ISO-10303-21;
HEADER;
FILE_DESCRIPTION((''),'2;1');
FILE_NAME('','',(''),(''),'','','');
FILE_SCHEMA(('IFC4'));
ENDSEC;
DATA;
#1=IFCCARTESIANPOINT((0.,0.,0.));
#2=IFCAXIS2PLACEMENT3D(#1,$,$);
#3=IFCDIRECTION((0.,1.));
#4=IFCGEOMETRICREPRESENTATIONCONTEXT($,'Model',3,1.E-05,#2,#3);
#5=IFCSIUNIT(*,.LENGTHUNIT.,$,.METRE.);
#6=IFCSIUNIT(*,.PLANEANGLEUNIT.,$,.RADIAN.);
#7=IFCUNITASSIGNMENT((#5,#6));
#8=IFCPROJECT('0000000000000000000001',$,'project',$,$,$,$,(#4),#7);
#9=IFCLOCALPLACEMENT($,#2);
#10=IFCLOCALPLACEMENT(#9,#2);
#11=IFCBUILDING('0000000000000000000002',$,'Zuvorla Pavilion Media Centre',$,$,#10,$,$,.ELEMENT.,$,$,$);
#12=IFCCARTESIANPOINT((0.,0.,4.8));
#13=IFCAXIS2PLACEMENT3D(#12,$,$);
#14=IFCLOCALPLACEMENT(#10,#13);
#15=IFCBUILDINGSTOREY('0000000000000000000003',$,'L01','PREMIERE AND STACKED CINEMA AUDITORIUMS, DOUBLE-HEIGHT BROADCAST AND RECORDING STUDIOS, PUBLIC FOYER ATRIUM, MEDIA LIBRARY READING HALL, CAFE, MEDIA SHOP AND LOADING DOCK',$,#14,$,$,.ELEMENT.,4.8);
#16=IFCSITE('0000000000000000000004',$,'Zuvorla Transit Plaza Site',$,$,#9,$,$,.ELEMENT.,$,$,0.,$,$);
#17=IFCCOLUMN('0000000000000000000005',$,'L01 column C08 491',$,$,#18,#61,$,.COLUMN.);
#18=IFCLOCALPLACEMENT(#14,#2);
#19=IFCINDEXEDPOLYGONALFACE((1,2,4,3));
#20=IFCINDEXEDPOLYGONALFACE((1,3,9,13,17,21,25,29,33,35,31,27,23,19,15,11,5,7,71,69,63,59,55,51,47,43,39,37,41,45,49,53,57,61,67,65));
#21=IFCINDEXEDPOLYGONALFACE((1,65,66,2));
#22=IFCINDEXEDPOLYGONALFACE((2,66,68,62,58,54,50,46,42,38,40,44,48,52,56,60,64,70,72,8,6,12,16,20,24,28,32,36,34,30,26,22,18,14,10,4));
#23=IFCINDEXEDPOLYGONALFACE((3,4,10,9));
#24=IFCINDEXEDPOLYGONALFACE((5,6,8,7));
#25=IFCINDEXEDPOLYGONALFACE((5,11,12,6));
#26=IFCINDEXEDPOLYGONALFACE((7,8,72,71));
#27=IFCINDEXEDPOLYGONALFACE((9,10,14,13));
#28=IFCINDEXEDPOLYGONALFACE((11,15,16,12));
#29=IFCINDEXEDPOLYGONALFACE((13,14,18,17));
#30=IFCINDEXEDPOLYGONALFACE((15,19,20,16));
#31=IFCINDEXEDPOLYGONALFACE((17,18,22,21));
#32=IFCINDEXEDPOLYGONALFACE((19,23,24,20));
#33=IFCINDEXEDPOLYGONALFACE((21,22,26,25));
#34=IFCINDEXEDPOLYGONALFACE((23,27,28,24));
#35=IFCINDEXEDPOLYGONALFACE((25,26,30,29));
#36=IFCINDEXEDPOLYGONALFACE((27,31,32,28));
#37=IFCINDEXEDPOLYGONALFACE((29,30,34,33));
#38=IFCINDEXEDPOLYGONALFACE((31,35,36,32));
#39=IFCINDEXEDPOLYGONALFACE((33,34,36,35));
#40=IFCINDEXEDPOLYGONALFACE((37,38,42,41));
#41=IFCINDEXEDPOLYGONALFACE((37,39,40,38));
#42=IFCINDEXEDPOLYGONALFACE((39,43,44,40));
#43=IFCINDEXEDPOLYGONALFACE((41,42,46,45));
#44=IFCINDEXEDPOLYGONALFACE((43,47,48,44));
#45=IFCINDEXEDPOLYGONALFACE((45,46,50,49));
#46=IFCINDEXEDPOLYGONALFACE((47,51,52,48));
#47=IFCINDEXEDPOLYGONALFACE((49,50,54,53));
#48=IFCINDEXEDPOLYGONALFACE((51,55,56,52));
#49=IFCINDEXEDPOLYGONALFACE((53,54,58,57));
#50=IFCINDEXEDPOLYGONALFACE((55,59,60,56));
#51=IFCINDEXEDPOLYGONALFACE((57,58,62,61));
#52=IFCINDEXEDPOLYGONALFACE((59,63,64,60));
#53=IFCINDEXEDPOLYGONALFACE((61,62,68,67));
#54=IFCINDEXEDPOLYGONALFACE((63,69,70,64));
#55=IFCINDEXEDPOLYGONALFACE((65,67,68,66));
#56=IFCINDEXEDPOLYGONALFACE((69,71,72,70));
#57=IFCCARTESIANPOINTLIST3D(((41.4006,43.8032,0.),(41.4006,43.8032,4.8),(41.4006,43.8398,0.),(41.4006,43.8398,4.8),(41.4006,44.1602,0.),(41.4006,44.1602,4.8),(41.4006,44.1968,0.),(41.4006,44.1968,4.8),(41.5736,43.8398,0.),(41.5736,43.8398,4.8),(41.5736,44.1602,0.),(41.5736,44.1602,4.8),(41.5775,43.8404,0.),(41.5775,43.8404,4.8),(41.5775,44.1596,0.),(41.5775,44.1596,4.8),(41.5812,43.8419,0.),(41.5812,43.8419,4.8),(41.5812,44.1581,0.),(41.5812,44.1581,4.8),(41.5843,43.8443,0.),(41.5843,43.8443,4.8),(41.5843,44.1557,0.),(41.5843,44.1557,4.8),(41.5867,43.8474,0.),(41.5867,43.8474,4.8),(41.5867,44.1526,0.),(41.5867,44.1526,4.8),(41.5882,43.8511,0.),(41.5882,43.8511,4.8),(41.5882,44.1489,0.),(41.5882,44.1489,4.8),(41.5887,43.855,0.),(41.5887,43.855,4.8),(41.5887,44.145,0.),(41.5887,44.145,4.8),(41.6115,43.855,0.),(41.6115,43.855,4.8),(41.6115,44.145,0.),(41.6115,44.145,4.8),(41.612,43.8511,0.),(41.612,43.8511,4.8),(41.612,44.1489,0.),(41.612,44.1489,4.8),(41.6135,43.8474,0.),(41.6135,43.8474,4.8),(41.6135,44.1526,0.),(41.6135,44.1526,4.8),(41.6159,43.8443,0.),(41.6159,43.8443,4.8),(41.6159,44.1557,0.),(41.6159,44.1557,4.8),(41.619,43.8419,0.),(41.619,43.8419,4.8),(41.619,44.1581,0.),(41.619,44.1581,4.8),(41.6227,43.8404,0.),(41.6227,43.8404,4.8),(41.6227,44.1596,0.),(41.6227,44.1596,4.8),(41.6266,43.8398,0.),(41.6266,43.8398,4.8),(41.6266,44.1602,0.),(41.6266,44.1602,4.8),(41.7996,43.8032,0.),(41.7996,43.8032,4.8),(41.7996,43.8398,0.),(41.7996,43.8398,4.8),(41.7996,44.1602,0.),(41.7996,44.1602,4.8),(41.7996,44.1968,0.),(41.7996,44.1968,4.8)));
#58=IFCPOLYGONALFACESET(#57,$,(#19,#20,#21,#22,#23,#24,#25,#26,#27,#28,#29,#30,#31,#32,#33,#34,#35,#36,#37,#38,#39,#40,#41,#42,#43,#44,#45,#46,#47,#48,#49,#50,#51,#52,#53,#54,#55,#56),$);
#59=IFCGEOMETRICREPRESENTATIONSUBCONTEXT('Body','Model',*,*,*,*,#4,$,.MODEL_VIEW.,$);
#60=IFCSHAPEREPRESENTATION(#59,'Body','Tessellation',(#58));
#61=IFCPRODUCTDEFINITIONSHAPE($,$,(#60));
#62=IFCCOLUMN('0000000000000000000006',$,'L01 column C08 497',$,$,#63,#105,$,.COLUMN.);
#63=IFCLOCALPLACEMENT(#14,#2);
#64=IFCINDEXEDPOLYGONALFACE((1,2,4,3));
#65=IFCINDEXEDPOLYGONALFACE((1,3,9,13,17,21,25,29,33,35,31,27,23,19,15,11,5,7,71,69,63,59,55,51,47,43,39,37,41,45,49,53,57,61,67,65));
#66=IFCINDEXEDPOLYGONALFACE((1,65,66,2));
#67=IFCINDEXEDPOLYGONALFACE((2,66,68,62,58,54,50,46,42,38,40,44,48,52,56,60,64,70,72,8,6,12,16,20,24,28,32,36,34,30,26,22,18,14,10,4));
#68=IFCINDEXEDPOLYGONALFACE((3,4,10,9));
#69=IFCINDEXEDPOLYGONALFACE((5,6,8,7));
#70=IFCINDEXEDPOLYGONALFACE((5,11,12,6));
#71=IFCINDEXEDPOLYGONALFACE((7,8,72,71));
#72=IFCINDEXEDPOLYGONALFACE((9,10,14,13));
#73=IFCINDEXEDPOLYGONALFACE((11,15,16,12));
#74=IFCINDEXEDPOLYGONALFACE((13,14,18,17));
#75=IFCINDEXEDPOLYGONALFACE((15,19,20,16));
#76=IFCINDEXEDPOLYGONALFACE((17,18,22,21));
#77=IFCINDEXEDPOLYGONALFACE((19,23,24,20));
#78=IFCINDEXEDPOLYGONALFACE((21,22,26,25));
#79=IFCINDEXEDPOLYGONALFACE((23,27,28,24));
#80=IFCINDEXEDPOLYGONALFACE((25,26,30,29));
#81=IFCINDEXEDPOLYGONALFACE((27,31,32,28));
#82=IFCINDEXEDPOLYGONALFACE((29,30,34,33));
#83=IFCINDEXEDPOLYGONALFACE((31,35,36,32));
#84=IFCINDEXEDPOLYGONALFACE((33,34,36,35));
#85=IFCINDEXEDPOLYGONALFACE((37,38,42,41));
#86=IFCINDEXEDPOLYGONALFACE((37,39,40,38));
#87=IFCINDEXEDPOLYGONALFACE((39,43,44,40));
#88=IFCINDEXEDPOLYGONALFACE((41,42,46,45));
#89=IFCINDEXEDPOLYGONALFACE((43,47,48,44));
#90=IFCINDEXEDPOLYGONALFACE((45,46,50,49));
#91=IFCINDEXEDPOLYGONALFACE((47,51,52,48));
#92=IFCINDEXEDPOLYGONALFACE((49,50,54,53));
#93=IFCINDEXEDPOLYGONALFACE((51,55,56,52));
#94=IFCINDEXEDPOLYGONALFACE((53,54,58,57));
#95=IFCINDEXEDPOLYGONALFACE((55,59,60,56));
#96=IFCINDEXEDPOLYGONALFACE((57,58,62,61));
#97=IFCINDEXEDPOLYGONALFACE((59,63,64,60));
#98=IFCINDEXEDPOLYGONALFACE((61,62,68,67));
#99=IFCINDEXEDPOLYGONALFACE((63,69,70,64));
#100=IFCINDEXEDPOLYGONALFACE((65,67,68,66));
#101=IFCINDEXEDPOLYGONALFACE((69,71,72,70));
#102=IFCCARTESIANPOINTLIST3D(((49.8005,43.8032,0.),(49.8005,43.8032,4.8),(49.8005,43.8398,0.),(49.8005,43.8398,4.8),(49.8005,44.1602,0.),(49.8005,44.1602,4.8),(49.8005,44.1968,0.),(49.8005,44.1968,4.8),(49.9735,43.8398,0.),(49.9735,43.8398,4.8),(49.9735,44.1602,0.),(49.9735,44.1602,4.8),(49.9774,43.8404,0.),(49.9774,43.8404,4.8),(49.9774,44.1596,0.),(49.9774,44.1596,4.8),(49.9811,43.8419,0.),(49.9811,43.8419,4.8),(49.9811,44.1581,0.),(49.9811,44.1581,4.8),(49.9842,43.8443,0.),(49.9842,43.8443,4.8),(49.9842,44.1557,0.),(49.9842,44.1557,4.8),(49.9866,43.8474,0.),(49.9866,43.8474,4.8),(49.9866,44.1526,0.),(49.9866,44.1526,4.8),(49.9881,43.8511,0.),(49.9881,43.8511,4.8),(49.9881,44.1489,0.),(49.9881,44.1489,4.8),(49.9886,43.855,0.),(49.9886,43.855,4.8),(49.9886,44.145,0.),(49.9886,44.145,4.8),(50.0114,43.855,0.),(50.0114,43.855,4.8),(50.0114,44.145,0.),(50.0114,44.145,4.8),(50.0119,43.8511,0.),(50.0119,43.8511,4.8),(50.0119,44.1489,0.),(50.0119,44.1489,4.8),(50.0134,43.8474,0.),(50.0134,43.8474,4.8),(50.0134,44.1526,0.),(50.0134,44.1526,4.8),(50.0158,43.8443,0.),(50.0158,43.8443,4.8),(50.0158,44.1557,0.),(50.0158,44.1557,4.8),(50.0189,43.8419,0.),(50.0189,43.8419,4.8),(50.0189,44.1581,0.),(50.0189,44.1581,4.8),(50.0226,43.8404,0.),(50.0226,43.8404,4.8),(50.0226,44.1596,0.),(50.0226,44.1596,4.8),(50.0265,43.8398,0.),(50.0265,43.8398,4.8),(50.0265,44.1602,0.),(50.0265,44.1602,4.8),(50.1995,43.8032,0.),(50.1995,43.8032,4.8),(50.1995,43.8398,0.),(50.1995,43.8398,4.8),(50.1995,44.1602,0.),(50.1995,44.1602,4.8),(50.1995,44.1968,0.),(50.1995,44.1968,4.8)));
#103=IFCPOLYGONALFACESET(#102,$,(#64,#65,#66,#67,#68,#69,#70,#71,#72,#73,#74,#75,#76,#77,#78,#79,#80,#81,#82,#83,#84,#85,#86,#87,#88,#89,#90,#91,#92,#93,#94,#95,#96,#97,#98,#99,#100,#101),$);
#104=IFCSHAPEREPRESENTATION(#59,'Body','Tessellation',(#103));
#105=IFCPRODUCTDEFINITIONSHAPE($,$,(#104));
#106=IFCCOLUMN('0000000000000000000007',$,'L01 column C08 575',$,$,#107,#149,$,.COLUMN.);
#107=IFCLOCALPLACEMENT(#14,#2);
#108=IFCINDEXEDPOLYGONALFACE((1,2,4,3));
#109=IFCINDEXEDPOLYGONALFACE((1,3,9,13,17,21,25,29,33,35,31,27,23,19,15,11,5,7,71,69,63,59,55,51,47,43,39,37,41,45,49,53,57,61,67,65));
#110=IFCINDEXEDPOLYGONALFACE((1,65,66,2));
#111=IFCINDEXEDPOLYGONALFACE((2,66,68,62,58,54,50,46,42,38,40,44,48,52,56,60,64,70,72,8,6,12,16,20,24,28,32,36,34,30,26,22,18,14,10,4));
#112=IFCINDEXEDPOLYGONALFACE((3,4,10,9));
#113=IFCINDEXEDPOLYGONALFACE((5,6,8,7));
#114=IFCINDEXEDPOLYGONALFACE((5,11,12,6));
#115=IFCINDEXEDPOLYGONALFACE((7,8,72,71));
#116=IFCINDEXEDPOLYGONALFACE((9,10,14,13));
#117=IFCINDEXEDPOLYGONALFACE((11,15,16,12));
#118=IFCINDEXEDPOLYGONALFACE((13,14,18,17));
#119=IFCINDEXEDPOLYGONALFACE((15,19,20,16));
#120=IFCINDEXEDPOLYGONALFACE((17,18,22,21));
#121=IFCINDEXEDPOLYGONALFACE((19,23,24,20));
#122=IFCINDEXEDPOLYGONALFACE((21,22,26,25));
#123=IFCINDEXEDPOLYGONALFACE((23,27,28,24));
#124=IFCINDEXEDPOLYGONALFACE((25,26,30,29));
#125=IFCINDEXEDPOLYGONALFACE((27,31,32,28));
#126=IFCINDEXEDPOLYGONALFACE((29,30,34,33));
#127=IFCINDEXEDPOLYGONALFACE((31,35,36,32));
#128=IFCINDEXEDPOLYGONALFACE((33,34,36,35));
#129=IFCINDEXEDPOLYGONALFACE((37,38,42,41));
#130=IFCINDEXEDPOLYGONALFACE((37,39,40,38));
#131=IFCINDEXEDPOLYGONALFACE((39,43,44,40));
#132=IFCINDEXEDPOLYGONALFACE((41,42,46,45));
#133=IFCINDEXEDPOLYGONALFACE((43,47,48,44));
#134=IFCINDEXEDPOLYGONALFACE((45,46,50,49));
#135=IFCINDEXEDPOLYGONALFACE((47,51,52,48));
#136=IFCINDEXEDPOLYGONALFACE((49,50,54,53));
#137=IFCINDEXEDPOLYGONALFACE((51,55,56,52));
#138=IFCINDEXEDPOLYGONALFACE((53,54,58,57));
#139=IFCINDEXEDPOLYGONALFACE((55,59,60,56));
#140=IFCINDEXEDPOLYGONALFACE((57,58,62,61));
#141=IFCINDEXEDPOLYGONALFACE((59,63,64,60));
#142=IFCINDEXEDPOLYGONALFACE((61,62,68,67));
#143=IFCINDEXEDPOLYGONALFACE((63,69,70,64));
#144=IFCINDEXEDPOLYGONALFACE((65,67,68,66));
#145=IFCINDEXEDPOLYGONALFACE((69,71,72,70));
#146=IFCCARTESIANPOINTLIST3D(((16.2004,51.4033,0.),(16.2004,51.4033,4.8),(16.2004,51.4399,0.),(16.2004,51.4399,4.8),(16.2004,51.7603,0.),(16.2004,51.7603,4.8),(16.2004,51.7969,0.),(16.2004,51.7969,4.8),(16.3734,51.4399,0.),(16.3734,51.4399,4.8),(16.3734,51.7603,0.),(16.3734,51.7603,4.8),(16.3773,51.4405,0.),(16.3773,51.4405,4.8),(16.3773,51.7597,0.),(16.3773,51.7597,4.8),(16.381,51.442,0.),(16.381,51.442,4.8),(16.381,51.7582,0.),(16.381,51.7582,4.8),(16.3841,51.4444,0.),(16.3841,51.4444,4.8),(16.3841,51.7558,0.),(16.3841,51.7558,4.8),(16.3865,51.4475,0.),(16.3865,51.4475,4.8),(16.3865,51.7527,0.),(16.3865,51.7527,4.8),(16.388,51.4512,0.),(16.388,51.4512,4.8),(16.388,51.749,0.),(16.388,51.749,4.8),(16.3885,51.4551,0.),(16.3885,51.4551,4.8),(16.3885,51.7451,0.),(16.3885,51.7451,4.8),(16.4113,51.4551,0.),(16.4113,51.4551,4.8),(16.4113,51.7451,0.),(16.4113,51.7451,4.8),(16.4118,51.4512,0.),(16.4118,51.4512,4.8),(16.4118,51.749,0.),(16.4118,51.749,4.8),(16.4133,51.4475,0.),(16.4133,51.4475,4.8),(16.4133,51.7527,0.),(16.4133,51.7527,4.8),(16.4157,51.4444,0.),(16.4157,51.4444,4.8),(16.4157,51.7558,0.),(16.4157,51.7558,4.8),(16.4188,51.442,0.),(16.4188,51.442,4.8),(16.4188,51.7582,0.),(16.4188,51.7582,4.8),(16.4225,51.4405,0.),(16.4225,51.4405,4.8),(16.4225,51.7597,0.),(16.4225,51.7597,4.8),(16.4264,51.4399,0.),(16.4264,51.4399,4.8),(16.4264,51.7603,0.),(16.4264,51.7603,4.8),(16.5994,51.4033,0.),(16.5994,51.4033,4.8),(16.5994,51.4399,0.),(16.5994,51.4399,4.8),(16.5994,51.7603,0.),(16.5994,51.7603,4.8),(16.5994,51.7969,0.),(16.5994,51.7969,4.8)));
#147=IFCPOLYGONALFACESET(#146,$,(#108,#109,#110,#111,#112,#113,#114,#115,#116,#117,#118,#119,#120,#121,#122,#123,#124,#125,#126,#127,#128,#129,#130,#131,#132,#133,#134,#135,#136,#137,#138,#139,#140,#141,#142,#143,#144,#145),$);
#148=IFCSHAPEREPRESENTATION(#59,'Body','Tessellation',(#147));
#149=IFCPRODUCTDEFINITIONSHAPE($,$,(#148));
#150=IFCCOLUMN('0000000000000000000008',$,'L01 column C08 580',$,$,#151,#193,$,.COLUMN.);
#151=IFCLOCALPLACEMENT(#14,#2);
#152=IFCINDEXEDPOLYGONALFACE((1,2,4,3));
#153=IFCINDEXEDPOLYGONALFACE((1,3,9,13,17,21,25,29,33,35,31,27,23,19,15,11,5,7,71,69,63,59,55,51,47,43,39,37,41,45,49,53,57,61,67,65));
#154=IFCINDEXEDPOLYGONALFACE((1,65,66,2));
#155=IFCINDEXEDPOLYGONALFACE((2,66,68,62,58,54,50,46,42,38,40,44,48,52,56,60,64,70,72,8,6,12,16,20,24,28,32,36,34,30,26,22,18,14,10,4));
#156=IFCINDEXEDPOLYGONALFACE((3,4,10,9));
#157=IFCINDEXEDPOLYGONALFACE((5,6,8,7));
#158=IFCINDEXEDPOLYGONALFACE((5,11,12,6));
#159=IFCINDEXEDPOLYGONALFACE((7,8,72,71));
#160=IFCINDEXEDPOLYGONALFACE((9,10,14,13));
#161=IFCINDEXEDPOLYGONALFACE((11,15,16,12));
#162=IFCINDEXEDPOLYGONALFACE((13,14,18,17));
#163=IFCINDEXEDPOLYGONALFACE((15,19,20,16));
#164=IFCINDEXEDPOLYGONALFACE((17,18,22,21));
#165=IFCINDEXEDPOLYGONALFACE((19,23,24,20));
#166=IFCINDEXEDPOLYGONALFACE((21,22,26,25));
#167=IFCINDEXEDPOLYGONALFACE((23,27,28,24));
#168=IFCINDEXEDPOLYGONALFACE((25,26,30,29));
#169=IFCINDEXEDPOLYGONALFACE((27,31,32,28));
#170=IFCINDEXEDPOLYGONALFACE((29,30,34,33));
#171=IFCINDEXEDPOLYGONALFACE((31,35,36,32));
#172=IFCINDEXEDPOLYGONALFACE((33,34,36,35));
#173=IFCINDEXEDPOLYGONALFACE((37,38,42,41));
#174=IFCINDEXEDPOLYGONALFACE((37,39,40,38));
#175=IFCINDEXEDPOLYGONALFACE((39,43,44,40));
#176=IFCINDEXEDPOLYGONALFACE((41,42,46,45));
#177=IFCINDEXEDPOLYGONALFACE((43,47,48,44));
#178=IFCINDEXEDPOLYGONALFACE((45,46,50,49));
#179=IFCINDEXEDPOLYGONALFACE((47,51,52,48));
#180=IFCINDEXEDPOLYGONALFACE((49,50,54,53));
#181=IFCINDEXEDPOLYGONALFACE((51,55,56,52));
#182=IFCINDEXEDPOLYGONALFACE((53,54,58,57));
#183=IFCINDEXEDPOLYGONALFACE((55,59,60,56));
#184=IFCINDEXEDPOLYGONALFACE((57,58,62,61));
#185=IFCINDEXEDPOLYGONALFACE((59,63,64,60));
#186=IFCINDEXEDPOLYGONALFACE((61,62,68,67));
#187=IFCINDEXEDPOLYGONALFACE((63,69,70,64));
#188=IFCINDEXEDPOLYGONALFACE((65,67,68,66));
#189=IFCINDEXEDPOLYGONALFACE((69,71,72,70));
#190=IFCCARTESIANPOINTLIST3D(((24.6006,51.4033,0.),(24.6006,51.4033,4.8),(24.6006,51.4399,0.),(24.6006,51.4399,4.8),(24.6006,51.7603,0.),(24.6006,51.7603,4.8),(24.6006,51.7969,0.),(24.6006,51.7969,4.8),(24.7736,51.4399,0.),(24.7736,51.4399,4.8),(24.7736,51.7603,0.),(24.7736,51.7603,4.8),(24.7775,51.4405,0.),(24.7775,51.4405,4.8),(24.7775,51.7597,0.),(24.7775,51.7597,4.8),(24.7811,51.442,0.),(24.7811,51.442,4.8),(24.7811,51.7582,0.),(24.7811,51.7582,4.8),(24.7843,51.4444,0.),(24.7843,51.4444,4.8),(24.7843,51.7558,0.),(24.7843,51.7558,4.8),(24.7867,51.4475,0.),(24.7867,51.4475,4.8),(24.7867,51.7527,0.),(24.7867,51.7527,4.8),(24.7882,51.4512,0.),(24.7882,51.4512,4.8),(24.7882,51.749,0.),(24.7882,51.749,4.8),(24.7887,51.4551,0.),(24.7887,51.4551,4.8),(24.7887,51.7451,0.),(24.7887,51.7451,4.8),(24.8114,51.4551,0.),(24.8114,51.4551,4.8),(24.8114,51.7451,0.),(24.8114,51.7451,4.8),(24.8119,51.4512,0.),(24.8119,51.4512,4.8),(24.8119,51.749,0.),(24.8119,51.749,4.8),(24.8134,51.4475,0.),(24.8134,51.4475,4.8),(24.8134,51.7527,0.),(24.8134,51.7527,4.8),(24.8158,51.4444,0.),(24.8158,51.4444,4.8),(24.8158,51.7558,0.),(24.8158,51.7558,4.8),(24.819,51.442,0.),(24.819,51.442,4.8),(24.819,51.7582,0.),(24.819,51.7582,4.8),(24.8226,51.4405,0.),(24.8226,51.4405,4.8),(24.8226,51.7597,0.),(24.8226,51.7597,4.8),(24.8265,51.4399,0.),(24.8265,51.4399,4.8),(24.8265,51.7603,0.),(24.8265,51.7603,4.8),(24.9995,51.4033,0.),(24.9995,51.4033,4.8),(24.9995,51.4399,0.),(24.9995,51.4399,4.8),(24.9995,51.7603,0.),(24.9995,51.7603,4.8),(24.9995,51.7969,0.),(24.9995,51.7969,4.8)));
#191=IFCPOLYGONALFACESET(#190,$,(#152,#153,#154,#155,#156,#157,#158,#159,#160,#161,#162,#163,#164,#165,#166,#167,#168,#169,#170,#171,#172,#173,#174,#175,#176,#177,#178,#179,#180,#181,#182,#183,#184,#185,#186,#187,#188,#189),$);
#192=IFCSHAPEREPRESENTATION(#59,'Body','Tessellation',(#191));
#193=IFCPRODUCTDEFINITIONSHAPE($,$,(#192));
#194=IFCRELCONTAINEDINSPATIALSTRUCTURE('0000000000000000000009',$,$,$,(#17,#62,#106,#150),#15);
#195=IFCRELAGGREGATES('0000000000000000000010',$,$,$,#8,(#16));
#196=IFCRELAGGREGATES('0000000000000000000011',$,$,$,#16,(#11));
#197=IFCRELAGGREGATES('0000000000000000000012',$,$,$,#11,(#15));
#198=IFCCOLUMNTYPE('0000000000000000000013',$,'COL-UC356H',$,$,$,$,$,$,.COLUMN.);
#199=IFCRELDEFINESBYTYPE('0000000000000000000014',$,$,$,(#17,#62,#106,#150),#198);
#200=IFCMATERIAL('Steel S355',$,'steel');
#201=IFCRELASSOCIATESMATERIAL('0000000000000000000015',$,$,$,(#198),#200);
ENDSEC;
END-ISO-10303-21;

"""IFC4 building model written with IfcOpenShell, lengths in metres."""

from ifc_helpers import new_model, si_unit, direction, frame, origin, origin_2d, place, context, subcontext, project, spatial, i_section, extrude, material, material_profile, profile_set, type_object, element, save


model = new_model("IFC4")

# Units and contexts
model_context = context("Model", 3, precision=1e-05, world=origin(), true_north=direction((0.0, 1.0)))
body_context = subcontext(model_context, "Body", "Model", "MODEL_VIEW")
ifc_project = project(units=[si_unit("LENGTHUNIT", "METRE"), si_unit("PLANEANGLEUNIT", "RADIAN")], contexts=[model_context])

# Site, building, storey
site_placement = place(None, origin())
site = spatial("IfcSite", under=ifc_project, at=site_placement, Name="Zuvorla Transit Plaza Site", CompositionType="ELEMENT", RefElevation=0.0)
building_placement = place(site_placement, origin())
building = spatial("IfcBuilding", under=site, at=building_placement, Name="Zuvorla Pavilion Media Centre", CompositionType="ELEMENT")
storey_placement = place(building_placement, frame((0.0, 0.0, 4.8)))
storey = spatial("IfcBuildingStorey", under=building, at=storey_placement, Name="L01", Description="PREMIERE AND STACKED CINEMA AUDITORIUMS, DOUBLE-HEIGHT BROADCAST AND RECORDING STUDIOS, PUBLIC FOYER ATRIUM, MEDIA LIBRARY READING HALL, CAFE, MEDIA SHOP AND LOADING DOCK", CompositionType="ELEMENT", Elevation=4.8)

# Columns
ifc_material_1 = material(Name="Steel S355", Category="steel")
ifc_material_profile_1 = material_profile(ifc_material_1, i_section(OverallWidth=0.3989, OverallDepth=0.3936, WebThickness=0.0227, FlangeThickness=0.0366, FilletRadius=0.0151, at=origin_2d()), Name="UC 356x406x287")
ifc_profile_set_1 = profile_set([ifc_material_profile_1], Name="Steel S355")
column_type = type_object("IfcColumnType", Name="COL-UC356H", PredefinedType="COLUMN", material=ifc_profile_set_1)
for number, where, z_axis, x_axis, name in (
    (1, (41.6001, 44.0, 0.0), (0.0, 0.0, 1.0), (1.0, 0.0, 0.0), "L01 column C08 491"),
    (2, (50.0, 44.0, 0.0), (0.0, 0.0, 1.0), (1.0, 0.0, 0.0), "L01 column C08 497"),
    (3, (16.3999, 51.6001, 0.0), (0.0, 0.0, 1.0), (1.0, 0.0, 0.0), "L01 column C08 575"),
    (4, (24.8, 51.6001, 0.0), (0.0, 0.0, 1.0), (1.0, 0.0, 0.0), "L01 column C08 580"),
):
    element("IfcColumn", number, at=place(storey_placement, frame(where, z_axis=z_axis, x_axis=x_axis)), inside=storey, type_object=column_type, Name=name, PredefinedType="COLUMN", context=body_context, shape_type="SweptSolid", body=[
        extrude(i_section(OverallWidth=0.3989, OverallDepth=0.3936, WebThickness=0.0227, FlangeThickness=0.0366, FilletRadius=0.0151, at=origin_2d()), origin(), (0.0, 0.0, 1.0), 4.8),
    ])

save(model, "model.ifc")
